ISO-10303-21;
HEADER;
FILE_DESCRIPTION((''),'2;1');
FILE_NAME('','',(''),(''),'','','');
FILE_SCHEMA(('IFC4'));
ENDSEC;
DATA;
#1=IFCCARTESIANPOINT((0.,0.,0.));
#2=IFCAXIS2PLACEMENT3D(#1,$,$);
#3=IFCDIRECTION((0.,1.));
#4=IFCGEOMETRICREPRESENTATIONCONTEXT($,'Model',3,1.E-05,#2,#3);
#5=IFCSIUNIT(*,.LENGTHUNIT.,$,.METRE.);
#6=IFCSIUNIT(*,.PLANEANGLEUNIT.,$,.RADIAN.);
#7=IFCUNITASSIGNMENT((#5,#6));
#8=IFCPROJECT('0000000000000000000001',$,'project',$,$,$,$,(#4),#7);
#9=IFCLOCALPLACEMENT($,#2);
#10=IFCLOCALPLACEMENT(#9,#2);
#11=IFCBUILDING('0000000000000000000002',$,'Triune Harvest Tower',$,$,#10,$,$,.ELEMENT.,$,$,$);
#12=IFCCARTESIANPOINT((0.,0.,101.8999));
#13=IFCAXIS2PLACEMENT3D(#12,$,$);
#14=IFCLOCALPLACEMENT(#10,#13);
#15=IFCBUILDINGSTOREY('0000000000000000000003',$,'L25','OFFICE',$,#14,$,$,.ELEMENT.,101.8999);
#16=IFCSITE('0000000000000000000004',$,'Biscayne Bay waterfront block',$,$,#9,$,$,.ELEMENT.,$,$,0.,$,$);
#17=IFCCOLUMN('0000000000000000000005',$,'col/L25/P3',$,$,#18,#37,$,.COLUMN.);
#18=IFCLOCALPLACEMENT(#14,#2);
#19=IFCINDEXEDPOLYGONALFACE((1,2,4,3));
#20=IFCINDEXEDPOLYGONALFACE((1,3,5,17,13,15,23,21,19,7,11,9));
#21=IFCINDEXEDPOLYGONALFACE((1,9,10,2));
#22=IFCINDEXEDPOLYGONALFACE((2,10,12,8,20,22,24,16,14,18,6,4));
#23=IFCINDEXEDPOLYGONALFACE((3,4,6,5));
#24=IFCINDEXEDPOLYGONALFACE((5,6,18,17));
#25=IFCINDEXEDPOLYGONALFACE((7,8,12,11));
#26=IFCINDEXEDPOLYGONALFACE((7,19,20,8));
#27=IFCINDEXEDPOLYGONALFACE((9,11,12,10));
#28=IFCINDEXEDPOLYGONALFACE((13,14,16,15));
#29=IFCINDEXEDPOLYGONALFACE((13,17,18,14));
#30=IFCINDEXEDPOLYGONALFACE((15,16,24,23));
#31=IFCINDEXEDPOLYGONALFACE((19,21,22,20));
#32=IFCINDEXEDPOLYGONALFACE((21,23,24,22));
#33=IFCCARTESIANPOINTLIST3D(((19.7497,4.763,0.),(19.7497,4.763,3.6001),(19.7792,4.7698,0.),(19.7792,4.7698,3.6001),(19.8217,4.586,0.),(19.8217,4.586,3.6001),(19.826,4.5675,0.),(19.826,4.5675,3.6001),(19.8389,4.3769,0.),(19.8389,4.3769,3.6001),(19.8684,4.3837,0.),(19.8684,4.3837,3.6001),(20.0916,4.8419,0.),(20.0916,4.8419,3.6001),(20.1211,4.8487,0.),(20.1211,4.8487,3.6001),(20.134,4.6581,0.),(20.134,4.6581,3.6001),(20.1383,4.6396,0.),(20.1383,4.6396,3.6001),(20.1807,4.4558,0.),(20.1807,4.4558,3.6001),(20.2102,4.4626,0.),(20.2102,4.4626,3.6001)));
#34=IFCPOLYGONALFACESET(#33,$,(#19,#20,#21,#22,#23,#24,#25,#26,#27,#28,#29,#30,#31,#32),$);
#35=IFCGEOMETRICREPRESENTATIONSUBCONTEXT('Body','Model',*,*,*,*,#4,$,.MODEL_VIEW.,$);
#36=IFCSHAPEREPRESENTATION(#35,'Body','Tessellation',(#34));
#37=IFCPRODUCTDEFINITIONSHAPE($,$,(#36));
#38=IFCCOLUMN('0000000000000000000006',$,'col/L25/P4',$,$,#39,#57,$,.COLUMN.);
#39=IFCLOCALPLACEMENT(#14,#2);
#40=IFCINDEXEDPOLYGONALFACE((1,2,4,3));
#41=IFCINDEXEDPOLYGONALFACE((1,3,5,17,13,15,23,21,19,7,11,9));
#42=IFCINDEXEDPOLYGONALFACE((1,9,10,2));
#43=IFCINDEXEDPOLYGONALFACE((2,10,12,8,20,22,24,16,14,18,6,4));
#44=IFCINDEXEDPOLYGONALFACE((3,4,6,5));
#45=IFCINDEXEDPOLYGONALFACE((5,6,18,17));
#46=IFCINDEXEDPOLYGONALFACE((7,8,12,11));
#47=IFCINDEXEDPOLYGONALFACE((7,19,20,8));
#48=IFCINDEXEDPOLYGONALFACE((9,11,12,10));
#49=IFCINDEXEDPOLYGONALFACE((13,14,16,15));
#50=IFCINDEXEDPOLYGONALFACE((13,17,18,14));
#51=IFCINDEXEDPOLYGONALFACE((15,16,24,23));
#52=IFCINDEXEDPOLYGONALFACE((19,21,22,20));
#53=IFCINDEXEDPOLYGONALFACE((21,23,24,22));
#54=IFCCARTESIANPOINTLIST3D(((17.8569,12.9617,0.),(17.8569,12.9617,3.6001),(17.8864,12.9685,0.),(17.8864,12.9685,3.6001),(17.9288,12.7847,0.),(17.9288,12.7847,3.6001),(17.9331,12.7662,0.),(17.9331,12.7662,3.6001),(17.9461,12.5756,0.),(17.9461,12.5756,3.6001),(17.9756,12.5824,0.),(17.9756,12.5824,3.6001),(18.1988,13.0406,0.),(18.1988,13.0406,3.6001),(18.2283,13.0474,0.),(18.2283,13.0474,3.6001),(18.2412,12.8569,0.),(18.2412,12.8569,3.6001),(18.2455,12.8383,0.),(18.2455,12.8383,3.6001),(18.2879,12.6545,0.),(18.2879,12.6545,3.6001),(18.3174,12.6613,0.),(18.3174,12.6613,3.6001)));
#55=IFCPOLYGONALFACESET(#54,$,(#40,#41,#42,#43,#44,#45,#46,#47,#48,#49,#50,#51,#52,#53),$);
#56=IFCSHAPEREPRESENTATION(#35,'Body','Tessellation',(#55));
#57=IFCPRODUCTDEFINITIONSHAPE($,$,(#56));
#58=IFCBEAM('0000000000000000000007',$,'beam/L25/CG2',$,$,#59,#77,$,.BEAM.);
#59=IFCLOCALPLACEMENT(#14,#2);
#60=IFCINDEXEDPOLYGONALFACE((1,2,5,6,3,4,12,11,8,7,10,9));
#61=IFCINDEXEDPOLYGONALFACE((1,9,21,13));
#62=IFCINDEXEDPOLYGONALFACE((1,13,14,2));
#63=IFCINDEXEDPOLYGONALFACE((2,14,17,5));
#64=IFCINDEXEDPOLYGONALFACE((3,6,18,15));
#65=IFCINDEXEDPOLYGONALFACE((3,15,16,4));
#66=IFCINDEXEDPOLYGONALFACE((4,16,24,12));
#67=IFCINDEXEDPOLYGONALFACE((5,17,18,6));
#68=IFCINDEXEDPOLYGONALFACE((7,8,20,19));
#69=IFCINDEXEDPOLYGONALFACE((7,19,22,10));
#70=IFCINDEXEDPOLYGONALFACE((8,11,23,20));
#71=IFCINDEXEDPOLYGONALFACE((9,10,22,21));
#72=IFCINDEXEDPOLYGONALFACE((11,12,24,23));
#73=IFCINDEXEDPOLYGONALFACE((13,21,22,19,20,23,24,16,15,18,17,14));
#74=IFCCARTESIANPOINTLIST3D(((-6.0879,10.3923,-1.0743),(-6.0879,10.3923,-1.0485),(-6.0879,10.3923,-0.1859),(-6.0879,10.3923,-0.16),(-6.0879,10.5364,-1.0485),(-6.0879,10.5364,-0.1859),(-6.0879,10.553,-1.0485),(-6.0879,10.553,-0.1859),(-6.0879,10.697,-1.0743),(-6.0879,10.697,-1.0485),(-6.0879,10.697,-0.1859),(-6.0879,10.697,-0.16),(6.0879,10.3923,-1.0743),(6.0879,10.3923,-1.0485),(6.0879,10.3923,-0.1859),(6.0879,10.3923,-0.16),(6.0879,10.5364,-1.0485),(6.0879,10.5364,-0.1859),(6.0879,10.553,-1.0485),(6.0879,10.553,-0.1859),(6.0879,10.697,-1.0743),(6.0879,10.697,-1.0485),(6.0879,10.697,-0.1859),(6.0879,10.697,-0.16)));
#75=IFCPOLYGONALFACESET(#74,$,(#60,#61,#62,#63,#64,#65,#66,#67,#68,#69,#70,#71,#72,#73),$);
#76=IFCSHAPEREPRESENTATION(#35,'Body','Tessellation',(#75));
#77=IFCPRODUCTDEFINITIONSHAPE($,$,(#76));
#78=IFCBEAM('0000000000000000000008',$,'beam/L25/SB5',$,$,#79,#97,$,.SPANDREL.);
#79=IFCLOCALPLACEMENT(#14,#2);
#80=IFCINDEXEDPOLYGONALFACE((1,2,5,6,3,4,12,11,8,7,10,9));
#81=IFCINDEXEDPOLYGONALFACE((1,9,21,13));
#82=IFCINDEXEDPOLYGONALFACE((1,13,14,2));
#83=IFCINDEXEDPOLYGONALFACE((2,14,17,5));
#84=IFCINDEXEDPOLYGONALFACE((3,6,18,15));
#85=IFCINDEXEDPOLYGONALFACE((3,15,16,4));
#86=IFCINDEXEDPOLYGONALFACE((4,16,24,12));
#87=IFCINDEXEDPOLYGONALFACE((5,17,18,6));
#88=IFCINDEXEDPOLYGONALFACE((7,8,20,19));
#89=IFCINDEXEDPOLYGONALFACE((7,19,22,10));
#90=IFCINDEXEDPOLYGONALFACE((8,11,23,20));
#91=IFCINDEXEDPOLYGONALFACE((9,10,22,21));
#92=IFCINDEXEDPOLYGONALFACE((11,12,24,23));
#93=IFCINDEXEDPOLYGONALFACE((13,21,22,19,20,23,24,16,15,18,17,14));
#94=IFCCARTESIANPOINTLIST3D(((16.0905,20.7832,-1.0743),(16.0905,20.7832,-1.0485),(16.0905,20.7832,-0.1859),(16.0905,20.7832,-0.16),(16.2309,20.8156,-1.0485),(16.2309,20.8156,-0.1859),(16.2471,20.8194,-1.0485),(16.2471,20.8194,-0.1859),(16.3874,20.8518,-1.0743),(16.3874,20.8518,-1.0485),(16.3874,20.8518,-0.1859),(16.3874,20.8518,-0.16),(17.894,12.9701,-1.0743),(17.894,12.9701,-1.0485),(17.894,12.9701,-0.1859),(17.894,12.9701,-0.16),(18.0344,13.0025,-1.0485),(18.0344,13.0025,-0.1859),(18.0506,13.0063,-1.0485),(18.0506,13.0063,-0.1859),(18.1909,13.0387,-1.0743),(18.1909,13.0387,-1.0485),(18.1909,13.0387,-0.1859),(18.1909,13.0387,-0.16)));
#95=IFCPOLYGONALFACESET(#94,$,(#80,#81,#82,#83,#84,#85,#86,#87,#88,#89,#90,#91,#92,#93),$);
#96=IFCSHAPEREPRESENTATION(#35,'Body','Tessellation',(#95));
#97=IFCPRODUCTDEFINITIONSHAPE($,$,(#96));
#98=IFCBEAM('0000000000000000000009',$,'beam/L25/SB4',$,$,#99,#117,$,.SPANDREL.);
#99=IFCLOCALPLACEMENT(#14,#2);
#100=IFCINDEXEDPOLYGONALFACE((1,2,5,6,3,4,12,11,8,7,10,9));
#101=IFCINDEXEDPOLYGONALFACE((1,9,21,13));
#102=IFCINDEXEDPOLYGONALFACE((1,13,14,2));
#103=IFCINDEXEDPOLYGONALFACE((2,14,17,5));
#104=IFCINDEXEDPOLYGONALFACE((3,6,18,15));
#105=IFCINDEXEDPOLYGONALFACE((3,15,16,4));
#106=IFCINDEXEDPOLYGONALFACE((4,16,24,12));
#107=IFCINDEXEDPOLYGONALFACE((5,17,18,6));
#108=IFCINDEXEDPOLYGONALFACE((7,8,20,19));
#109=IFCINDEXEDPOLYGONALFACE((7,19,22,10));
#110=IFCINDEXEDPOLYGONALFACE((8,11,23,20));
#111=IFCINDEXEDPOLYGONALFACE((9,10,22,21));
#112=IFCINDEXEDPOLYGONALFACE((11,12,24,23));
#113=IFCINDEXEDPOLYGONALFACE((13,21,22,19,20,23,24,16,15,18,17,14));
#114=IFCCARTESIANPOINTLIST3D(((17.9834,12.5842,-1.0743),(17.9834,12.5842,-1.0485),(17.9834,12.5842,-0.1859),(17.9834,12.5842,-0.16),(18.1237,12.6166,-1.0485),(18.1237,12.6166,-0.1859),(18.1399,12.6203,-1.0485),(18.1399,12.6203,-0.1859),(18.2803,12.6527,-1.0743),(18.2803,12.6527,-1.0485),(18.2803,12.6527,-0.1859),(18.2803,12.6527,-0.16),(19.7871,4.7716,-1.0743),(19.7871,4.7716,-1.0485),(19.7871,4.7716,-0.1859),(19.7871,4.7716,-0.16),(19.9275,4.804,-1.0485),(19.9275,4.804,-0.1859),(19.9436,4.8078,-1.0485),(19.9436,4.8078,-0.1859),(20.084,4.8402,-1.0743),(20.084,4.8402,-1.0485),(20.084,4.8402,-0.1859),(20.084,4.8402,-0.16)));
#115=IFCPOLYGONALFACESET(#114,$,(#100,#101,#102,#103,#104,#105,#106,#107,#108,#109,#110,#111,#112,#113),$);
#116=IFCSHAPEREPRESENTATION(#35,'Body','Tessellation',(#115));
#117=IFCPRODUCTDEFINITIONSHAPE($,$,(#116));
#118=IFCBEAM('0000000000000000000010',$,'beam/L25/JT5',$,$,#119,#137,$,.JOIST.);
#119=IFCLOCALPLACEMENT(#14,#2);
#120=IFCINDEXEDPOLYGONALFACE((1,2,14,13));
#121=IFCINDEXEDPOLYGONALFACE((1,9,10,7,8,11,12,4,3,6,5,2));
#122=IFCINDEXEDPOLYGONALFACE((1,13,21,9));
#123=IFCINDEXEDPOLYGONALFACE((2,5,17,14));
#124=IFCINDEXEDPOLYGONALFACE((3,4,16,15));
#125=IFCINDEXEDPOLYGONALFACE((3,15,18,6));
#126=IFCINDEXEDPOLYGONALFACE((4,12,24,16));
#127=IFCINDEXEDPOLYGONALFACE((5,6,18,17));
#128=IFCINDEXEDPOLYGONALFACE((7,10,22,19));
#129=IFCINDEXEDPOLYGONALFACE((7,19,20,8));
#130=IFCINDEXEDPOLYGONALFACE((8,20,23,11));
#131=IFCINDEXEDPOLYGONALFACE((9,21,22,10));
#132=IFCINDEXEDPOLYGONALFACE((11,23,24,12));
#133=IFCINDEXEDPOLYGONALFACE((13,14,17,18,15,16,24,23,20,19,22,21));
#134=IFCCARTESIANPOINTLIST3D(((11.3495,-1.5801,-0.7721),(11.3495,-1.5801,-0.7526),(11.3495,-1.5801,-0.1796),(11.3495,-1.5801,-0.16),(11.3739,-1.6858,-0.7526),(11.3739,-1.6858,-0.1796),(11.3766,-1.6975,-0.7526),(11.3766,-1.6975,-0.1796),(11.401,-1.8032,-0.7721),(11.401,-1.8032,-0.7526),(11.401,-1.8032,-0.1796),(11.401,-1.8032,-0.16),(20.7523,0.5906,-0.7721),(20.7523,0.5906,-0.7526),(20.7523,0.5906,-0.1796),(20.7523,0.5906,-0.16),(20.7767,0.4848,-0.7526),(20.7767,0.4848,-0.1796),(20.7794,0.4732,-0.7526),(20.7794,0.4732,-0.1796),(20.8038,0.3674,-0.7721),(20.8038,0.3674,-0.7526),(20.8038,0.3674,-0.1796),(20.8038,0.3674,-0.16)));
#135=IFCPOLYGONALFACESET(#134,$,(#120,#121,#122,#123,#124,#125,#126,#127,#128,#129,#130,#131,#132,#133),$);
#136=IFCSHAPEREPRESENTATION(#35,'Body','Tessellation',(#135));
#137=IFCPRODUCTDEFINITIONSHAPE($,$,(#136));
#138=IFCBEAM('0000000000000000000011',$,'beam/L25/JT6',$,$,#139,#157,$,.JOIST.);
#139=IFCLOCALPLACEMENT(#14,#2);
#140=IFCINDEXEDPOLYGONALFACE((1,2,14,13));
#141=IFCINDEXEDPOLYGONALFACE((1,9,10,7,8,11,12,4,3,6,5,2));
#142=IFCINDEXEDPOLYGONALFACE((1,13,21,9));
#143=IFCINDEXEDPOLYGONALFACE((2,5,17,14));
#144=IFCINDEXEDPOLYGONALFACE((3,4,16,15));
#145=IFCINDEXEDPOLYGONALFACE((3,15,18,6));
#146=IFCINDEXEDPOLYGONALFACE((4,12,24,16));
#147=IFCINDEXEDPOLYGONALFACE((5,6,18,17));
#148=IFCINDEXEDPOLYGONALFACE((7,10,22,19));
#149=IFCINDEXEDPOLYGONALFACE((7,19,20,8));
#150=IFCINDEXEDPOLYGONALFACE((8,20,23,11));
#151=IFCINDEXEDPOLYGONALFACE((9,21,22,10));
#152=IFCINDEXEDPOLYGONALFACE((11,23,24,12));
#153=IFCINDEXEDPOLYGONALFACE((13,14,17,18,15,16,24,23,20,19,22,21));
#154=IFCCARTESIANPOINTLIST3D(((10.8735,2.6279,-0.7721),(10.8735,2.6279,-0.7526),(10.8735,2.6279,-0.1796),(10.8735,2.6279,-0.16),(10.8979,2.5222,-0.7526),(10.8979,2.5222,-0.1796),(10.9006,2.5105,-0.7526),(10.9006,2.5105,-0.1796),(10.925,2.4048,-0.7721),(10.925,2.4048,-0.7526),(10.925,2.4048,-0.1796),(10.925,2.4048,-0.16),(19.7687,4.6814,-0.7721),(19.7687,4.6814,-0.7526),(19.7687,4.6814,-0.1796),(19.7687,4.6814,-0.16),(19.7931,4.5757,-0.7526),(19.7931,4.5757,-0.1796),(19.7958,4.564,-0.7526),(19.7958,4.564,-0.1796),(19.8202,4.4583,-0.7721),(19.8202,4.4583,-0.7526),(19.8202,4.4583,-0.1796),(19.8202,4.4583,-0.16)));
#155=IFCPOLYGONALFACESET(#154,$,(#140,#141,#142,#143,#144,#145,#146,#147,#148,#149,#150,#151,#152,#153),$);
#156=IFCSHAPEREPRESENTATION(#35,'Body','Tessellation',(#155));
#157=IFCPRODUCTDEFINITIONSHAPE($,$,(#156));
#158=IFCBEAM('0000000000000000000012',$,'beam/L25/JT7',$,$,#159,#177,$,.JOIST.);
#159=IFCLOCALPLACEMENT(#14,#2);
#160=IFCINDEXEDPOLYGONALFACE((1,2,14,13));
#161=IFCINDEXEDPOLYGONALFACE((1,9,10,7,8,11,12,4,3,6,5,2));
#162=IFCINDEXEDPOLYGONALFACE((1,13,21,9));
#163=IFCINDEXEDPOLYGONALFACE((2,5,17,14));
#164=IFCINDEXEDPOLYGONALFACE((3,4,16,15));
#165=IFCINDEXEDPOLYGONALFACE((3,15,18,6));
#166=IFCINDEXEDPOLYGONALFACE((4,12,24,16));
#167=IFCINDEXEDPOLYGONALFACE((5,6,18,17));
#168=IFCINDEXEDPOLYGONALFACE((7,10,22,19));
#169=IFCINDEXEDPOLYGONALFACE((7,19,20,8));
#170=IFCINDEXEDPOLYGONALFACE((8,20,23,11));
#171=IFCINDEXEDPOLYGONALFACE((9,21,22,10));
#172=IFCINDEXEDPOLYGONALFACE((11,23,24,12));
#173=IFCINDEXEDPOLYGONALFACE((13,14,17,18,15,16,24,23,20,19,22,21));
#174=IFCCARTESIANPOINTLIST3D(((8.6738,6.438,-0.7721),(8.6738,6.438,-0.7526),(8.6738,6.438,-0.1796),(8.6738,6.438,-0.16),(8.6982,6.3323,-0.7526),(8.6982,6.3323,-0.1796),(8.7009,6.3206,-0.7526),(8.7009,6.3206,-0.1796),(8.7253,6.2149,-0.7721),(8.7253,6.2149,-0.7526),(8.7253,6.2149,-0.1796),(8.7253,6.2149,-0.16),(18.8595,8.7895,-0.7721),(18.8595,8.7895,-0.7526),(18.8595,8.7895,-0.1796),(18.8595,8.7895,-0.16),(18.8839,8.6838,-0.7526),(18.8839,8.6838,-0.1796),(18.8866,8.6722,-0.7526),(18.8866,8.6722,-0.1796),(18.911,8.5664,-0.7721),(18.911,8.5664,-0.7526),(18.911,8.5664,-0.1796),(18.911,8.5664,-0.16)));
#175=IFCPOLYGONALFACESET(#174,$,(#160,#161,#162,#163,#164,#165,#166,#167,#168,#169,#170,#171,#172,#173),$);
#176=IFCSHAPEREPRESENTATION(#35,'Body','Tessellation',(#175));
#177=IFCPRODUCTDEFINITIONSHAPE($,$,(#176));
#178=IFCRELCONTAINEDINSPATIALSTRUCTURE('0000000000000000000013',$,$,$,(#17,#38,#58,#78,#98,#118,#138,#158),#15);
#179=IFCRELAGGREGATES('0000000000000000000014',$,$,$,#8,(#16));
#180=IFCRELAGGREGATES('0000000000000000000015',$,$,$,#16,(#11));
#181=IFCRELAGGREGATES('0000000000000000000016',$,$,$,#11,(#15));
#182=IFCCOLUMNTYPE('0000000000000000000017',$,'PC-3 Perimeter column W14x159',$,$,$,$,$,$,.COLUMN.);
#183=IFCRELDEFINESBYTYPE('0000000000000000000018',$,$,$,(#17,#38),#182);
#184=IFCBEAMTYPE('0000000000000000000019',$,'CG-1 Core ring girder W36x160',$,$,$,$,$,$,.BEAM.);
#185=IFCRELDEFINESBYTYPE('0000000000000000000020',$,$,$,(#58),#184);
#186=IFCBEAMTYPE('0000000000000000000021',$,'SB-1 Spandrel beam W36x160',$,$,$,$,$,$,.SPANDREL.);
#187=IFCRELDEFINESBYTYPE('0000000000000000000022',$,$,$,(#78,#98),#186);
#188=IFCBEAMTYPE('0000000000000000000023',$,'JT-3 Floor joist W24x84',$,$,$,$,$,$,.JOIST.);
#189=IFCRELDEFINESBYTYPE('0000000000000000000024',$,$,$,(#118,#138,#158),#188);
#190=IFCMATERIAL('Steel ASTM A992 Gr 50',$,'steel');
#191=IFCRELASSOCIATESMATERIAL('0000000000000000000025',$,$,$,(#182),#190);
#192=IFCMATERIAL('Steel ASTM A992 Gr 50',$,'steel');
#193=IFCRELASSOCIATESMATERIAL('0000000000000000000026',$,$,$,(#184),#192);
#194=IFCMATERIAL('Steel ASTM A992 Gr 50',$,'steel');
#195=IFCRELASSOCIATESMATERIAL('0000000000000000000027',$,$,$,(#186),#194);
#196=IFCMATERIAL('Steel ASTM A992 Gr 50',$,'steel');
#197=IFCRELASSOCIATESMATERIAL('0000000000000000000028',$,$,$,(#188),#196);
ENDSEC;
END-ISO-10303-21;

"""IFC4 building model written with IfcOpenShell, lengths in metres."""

from ifc_helpers import new_model, si_unit, direction, frame, origin, origin_2d, place, context, subcontext, project, spatial, i_section, extrude, source, transform, mapped, material, material_profile, profile_set, type_object, element, save


model = new_model("IFC4")

# Units and contexts
model_context = context("Model", 3, precision=1e-05, world=origin(), true_north=direction((0.0, 1.0)))
body_context = subcontext(model_context, "Body", "Model", "MODEL_VIEW")
ifc_project = project(units=[si_unit("LENGTHUNIT", "METRE"), si_unit("PLANEANGLEUNIT", "RADIAN")], contexts=[model_context])

# Site, building, storey
site_placement = place(None, origin())
site = spatial("IfcSite", under=ifc_project, at=site_placement, Name="Biscayne Bay waterfront block", CompositionType="ELEMENT", RefElevation=0.0)
building_placement = place(site_placement, origin())
building = spatial("IfcBuilding", under=site, at=building_placement, Name="Triune Harvest Tower", CompositionType="ELEMENT")
storey_placement = place(building_placement, frame((0.0, 0.0, 101.8999)))
storey = spatial("IfcBuildingStorey", under=building, at=storey_placement, Name="L25", Description="OFFICE", CompositionType="ELEMENT", Elevation=101.8999)

# Columns
ifc_material_1 = material(Name="Steel ASTM A992 Gr 50", Category="steel")
ifc_material_profile_1 = material_profile(ifc_material_1, i_section(OverallWidth=0.3962, OverallDepth=0.3811, WebThickness=0.019, FlangeThickness=0.0303, at=origin_2d()), Name="W14x159")
ifc_profile_set_1 = profile_set([ifc_material_profile_1], Name="Steel ASTM A992 Gr 50")
column_type = type_object("IfcColumnType", Name="PC-3 Perimeter column W14x159", PredefinedType="COLUMN", material=ifc_profile_set_1)
shared_shape_1 = source(origin(), body_context, "Body", "SweptSolid", [
    extrude(i_section(OverallWidth=0.3962, OverallDepth=0.3811, WebThickness=0.019, FlangeThickness=0.0303, at=origin_2d()), origin(), (0.0, 0.0, 1.0), 3.6001),
])
for number, where, z_axis, x_axis, name in (
    (1, (19.98, 4.6128, 0.0), (0.0, 0.0, 1.0), (-0.224953, 0.97437, 0.0), "col/L25/P3"),
    (2, (18.0872, 12.8115, 0.0), (0.0, 0.0, 1.0), (-0.224953, 0.97437, 0.0), "col/L25/P4"),
):
    element("IfcColumn", number, at=place(storey_placement, frame(where, z_axis=z_axis, x_axis=x_axis)), inside=storey, type_object=column_type, Name=name, PredefinedType="COLUMN", context=body_context, shape_type="MappedRepresentation", body=[
        mapped(shared_shape_1, transform((0.0, 0.0, 0.0), scale=1.0)),
    ])

# Beams
ifc_material_2 = material(Name="Steel ASTM A992 Gr 50", Category="steel")
ifc_material_profile_2 = material_profile(ifc_material_2, i_section(OverallWidth=0.3047, OverallDepth=0.9143, WebThickness=0.0166, FlangeThickness=0.0259, at=origin_2d()), Name="W36x160")
ifc_profile_set_2 = profile_set([ifc_material_profile_2], Name="Steel ASTM A992 Gr 50")
beam_type_1 = type_object("IfcBeamType", Name="CG-1 Core ring girder W36x160", PredefinedType="BEAM", material=ifc_profile_set_2)
shared_shape_2 = source(origin(), body_context, "Body", "SweptSolid", [
    extrude(i_section(OverallWidth=0.3047, OverallDepth=0.9143, WebThickness=0.0166, FlangeThickness=0.0259, at=origin_2d()), origin(), (0.0, 0.0, 1.0), 12.1758),
])
beam_1_placement = place(storey_placement, frame((6.0879, 10.5447, -0.6172), z_axis=(-1.0, 0.0, 0.0), x_axis=(0.0, -1.0, 0.0)))
element("IfcBeam", 3, at=beam_1_placement, inside=storey, type_object=beam_type_1, Name="beam/L25/CG2", PredefinedType="BEAM", context=body_context, shape_type="MappedRepresentation", body=[
    mapped(shared_shape_2, transform((0.0, 0.0, 0.0), scale=1.0)),
])
ifc_material_3 = material(Name="Steel ASTM A992 Gr 50", Category="steel")
ifc_material_profile_3 = material_profile(ifc_material_3, i_section(OverallWidth=0.3047, OverallDepth=0.9143, WebThickness=0.0166, FlangeThickness=0.0259, at=origin_2d()), Name="W36x160")
ifc_profile_set_3 = profile_set([ifc_material_profile_3], Name="Steel ASTM A992 Gr 50")
beam_type_2 = type_object("IfcBeamType", Name="SB-1 Spandrel beam W36x160", PredefinedType="SPANDREL", material=ifc_profile_set_3)
shared_shape_3 = source(origin(), body_context, "Body", "SweptSolid", [
    extrude(i_section(OverallWidth=0.3047, OverallDepth=0.9143, WebThickness=0.0166, FlangeThickness=0.0259, at=origin_2d()), origin(), (0.0, 0.0, 1.0), 8.0186),
])
beam_2_placement = place(storey_placement, frame((18.0425, 13.0044, -0.6172), z_axis=(-0.224915, 0.974378, 0.0), x_axis=(-0.974378, -0.224915, 0.0)))
element("IfcBeam", 4, at=beam_2_placement, inside=storey, type_object=beam_type_2, Name="beam/L25/SB5", PredefinedType="SPANDREL", context=body_context, shape_type="MappedRepresentation", body=[
    mapped(shared_shape_3, transform((0.0, 0.0, 0.0), scale=1.0)),
])
shared_shape_4 = source(origin(), body_context, "Body", "SweptSolid", [
    extrude(i_section(OverallWidth=0.3047, OverallDepth=0.9143, WebThickness=0.0166, FlangeThickness=0.0259, at=origin_2d()), origin(), (0.0, 0.0, 1.0), 8.0181),
])
beam_3_placement = place(storey_placement, frame((19.9355, 4.8059, -0.6172), z_axis=(-0.224957, 0.974369, 0.0), x_axis=(-0.974369, -0.224957, 0.0)))
element("IfcBeam", 5, at=beam_3_placement, inside=storey, type_object=beam_type_2, Name="beam/L25/SB4", PredefinedType="SPANDREL", context=body_context, shape_type="MappedRepresentation", body=[
    mapped(shared_shape_4, transform((0.0, 0.0, 0.0), scale=1.0)),
])
ifc_material_4 = material(Name="Steel ASTM A992 Gr 50", Category="steel")
ifc_material_profile_4 = material_profile(ifc_material_4, i_section(OverallWidth=0.229, OverallDepth=0.6121, WebThickness=0.012, FlangeThickness=0.0195, at=origin_2d()), Name="W24x84")
ifc_profile_set_4 = profile_set([ifc_material_profile_4], Name="Steel ASTM A992 Gr 50")
beam_type_3 = type_object("IfcBeamType", Name="JT-3 Floor joist W24x84", PredefinedType="JOIST", material=ifc_profile_set_4)
shared_shape_5 = source(origin(), body_context, "Body", "SweptSolid", [
    extrude(i_section(OverallWidth=0.229, OverallDepth=0.6121, WebThickness=0.012, FlangeThickness=0.0195, at=origin_2d()), origin(), (0.0, 0.0, 1.0), 9.6501),
])
beam_4_placement = place(storey_placement, frame((20.7781, 0.479, -0.4661), z_axis=(-0.974374, -0.224935, 0.0), x_axis=(0.224935, -0.974374, 0.0)))
element("IfcBeam", 6, at=beam_4_placement, inside=storey, type_object=beam_type_3, Name="beam/L25/JT5", PredefinedType="JOIST", context=body_context, shape_type="MappedRepresentation", body=[
    mapped(shared_shape_5, transform((0.0, 0.0, 0.0), scale=1.0)),
])
shared_shape_6 = source(origin(), body_context, "Body", "SweptSolid", [
    extrude(i_section(OverallWidth=0.229, OverallDepth=0.6121, WebThickness=0.012, FlangeThickness=0.0195, at=origin_2d()), origin(), (0.0, 0.0, 1.0), 9.1292),
])
beam_5_placement = place(storey_placement, frame((19.7944, 4.5698, -0.4661), z_axis=(-0.974374, -0.224934, 0.0), x_axis=(0.224934, -0.974374, 0.0)))
element("IfcBeam", 7, at=beam_5_placement, inside=storey, type_object=beam_type_3, Name="beam/L25/JT6", PredefinedType="JOIST", context=body_context, shape_type="MappedRepresentation", body=[
    mapped(shared_shape_6, transform((0.0, 0.0, 0.0), scale=1.0)),
])
shared_shape_7 = source(origin(), body_context, "Body", "SweptSolid", [
    extrude(i_section(OverallWidth=0.229, OverallDepth=0.6121, WebThickness=0.012, FlangeThickness=0.0195, at=origin_2d()), origin(), (0.0, 0.0, 1.0), 10.4536),
])
beam_6_placement = place(storey_placement, frame((18.8853, 8.678, -0.4661), z_axis=(-0.97437, -0.22495, 0.0), x_axis=(0.22495, -0.97437, 0.0)))
element("IfcBeam", 8, at=beam_6_placement, inside=storey, type_object=beam_type_3, Name="beam/L25/JT7", PredefinedType="JOIST", context=body_context, shape_type="MappedRepresentation", body=[
    mapped(shared_shape_7, transform((0.0, 0.0, 0.0), scale=1.0)),
])

save(model, "model.ifc")
